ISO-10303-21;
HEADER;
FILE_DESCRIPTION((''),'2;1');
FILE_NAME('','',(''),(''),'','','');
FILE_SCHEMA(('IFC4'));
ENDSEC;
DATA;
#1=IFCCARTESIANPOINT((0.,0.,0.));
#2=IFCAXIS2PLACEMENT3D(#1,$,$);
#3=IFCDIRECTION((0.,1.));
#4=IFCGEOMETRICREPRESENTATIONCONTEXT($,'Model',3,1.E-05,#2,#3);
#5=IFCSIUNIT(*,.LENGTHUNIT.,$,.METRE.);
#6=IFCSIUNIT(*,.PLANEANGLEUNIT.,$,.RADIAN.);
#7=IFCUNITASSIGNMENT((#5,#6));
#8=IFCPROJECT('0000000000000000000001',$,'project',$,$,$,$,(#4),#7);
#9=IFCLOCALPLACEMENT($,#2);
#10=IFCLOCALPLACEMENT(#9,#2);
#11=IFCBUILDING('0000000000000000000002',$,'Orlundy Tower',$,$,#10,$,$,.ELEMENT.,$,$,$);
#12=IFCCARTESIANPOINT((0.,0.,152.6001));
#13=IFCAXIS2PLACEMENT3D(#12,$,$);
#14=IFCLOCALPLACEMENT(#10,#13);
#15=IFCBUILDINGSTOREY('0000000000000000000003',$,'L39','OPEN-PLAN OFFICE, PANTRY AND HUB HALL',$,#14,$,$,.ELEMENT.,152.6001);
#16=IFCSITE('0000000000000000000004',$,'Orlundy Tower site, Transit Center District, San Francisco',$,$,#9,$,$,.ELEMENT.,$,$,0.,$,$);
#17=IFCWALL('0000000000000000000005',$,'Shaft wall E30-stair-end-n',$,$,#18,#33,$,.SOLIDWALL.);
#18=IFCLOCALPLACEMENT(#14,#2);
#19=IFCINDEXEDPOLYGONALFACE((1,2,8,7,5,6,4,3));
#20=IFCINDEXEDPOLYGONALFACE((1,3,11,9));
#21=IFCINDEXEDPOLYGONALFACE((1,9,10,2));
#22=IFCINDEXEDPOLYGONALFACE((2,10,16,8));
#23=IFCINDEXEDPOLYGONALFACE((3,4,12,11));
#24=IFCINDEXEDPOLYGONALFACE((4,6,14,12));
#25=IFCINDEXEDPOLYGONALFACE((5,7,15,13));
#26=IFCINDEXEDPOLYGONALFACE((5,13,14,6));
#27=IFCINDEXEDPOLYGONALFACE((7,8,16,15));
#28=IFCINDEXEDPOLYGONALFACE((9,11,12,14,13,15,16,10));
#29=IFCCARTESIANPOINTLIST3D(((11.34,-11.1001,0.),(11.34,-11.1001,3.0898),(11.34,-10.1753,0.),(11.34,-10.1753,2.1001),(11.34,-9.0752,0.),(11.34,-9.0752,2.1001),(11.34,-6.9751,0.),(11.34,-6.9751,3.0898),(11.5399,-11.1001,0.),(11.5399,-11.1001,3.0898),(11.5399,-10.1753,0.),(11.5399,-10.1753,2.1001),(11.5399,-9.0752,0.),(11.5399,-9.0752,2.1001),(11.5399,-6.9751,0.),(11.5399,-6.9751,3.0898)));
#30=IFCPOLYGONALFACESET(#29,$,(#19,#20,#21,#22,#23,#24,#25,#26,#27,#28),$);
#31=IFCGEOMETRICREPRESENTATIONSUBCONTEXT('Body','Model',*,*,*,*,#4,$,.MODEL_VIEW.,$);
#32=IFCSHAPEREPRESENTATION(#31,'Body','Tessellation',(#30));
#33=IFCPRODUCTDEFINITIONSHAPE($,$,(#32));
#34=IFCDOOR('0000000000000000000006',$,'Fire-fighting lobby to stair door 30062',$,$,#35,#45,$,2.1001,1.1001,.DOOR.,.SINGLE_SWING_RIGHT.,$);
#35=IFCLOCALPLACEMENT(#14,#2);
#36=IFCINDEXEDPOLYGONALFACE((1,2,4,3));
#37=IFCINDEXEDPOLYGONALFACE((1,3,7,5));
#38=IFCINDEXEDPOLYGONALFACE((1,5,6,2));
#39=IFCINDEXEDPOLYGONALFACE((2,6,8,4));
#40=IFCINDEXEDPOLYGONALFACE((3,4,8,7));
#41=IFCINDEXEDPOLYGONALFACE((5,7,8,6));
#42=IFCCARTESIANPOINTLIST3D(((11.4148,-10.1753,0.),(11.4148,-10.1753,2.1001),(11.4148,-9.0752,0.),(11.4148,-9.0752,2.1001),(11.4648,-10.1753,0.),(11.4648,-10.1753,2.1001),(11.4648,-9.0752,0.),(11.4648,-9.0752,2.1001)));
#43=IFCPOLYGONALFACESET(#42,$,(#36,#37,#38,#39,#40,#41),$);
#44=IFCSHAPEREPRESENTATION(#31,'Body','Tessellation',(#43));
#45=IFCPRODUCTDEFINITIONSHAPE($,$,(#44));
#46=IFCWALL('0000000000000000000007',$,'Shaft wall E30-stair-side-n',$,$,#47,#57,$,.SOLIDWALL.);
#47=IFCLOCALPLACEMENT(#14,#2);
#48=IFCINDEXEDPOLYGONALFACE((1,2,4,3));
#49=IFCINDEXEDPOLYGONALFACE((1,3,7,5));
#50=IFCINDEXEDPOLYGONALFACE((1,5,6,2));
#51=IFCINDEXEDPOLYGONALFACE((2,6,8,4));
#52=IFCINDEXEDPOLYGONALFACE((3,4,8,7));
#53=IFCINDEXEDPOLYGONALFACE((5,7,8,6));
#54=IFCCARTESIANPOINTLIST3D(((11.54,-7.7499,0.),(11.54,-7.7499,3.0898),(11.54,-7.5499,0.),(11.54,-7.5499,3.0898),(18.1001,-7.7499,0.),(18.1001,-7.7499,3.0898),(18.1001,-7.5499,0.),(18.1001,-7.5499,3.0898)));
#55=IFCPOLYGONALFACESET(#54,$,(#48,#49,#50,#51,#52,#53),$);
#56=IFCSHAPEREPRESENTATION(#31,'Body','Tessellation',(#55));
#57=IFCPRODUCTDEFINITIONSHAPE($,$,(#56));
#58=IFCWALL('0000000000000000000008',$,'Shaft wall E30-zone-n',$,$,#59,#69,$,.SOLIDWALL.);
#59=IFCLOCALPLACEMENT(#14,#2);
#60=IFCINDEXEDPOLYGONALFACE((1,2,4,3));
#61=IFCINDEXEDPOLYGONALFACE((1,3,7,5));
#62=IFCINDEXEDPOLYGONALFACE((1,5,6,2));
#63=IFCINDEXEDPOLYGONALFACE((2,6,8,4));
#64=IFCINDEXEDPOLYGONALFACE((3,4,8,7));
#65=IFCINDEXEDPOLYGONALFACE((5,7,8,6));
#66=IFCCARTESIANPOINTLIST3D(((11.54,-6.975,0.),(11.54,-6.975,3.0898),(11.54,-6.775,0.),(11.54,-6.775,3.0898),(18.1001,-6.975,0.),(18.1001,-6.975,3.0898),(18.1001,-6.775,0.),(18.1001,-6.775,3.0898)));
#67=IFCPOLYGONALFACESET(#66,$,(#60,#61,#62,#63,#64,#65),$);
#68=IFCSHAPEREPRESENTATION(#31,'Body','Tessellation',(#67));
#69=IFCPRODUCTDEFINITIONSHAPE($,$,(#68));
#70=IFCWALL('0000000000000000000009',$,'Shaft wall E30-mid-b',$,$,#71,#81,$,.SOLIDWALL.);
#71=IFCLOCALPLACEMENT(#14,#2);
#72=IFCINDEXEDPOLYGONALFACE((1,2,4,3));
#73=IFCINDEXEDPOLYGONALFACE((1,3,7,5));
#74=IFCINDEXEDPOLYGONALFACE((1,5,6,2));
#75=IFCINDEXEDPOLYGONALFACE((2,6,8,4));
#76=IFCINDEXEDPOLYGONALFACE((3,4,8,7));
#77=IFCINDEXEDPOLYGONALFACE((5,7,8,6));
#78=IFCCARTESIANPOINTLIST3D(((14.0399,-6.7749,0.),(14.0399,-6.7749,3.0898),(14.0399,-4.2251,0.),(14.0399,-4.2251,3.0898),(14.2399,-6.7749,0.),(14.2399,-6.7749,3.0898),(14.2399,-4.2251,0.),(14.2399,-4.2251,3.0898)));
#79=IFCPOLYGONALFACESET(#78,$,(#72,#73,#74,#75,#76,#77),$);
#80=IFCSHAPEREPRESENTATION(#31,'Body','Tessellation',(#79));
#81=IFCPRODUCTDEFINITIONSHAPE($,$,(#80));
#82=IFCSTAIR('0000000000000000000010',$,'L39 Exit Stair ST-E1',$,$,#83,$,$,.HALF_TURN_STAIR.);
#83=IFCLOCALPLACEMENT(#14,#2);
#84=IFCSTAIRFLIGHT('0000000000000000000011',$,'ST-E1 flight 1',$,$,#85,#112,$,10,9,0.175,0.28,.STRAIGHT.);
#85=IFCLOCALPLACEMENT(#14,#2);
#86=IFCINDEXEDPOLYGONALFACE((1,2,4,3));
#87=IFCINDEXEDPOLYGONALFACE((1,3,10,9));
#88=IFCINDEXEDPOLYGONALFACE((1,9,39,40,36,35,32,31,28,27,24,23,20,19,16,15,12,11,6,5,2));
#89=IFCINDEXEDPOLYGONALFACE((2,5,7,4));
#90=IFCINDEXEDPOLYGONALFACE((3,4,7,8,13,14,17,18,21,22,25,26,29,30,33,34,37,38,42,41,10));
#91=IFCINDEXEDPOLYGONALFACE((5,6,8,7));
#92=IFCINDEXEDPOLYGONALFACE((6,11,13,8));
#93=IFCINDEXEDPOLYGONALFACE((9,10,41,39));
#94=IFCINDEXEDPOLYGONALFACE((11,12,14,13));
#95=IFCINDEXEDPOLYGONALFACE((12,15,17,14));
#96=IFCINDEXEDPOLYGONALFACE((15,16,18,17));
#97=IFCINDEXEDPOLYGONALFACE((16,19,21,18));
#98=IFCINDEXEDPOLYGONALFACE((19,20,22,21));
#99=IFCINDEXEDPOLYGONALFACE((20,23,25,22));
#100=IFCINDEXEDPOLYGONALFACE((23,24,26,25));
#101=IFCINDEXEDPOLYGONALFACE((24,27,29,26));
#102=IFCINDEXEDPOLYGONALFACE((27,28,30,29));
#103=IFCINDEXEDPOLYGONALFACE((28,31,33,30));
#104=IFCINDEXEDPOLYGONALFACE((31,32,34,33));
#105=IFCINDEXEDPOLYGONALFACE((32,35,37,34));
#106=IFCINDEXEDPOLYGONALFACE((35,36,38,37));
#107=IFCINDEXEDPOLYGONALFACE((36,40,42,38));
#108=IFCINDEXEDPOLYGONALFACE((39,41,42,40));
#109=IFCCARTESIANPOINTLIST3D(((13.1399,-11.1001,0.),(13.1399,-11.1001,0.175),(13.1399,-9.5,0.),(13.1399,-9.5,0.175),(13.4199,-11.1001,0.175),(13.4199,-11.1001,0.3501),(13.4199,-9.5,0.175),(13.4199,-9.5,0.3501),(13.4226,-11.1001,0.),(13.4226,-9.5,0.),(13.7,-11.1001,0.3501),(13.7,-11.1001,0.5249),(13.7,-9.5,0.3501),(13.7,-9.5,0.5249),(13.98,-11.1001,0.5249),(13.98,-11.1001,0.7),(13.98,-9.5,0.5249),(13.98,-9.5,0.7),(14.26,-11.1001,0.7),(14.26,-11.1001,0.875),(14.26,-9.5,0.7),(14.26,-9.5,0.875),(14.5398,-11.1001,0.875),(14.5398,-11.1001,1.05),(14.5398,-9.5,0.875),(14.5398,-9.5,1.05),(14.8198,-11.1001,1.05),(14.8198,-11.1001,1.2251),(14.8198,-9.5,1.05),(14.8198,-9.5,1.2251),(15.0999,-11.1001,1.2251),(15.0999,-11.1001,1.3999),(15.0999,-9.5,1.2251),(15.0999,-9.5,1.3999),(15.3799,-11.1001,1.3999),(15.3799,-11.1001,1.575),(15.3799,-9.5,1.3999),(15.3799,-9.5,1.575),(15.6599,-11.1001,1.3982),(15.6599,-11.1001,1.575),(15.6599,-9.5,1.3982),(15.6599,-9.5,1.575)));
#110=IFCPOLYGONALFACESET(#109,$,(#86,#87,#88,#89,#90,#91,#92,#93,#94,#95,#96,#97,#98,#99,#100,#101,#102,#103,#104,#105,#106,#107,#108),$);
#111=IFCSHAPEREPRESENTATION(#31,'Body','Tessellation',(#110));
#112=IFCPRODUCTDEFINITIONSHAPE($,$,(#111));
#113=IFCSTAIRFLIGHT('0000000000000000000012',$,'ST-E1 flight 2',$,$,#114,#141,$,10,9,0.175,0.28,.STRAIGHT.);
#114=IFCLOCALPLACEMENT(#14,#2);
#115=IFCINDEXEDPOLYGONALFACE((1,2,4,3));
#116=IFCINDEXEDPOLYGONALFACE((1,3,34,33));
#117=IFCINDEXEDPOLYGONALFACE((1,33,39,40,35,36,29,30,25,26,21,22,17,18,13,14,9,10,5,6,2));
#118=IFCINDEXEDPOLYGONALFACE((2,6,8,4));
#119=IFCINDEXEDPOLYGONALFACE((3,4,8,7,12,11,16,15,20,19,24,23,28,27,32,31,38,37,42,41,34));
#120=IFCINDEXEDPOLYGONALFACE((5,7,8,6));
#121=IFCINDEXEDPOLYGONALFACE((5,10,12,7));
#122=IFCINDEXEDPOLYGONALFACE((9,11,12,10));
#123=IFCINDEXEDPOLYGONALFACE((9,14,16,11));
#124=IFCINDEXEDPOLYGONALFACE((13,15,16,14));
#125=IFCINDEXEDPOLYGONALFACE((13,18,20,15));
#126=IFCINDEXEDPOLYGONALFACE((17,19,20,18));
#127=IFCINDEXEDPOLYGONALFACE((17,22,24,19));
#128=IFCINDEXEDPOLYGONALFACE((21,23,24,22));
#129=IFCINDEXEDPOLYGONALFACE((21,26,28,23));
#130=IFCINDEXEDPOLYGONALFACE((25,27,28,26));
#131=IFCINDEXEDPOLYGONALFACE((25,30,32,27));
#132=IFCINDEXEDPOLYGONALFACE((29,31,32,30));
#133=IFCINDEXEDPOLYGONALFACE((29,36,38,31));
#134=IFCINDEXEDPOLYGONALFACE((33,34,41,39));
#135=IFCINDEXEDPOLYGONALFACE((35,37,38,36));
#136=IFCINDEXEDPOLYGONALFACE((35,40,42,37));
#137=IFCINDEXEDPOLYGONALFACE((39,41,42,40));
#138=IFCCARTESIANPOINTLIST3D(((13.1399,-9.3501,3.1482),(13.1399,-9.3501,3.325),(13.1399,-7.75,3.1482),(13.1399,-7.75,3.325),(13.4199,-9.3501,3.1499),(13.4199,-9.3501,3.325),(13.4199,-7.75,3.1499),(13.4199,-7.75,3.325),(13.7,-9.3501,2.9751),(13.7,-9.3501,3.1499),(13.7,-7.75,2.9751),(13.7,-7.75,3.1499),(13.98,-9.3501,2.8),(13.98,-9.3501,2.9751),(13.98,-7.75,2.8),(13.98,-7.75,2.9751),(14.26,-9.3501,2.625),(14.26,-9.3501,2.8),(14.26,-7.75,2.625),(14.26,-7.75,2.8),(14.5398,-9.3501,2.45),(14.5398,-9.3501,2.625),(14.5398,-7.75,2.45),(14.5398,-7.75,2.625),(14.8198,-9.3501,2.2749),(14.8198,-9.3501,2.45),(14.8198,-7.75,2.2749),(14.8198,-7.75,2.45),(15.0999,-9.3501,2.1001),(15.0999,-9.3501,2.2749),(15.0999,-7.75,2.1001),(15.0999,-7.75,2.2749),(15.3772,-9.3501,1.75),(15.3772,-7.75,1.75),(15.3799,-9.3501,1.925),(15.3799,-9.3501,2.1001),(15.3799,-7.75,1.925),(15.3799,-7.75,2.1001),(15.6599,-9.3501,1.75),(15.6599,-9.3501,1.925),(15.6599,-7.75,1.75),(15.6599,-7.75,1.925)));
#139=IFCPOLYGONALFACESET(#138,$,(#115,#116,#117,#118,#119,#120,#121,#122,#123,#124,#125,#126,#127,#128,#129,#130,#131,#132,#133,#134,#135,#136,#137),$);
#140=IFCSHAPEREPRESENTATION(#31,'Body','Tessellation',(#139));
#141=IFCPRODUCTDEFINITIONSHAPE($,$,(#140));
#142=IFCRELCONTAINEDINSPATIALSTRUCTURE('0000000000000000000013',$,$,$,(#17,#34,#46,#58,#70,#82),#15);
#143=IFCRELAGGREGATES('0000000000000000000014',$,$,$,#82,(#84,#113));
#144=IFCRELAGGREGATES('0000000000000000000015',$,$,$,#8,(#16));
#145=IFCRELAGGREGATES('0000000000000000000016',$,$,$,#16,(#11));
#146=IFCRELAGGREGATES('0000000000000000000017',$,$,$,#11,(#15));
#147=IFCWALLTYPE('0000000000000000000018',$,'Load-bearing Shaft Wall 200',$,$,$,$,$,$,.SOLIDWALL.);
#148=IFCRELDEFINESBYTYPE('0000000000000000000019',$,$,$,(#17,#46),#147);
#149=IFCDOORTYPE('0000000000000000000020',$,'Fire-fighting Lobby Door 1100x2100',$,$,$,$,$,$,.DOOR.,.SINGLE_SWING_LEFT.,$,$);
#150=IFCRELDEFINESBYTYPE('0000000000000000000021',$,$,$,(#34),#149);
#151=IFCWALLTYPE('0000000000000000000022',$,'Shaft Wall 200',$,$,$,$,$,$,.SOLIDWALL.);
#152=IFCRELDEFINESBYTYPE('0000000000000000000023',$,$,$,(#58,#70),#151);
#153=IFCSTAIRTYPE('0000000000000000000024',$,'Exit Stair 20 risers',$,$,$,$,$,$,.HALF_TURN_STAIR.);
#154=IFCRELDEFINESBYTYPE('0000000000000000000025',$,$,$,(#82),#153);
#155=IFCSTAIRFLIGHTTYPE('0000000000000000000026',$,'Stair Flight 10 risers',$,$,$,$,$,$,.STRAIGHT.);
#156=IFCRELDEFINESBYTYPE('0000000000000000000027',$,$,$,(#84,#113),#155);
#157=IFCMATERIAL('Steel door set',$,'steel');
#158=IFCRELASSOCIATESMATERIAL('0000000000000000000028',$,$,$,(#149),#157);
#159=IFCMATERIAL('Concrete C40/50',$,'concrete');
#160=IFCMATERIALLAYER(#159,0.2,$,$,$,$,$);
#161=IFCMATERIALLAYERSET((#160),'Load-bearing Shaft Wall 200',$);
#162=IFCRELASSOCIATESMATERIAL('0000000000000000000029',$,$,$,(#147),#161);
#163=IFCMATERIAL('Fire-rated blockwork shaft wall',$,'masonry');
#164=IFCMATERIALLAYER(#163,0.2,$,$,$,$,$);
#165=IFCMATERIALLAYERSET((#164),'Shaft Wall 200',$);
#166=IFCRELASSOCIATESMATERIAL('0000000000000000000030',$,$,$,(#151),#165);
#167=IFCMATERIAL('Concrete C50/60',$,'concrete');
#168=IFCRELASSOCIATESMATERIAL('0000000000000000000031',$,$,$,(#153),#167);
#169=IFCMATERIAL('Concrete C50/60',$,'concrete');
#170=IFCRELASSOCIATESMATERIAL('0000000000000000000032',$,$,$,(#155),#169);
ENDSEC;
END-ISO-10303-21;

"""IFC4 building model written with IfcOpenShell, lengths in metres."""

from ifc_helpers import new_model, si_unit, direction, frame, frame_2d, origin, place, context, subcontext, project, spatial, polyline, rectangle, outline, extrude, material, layer, layer_set, type_object, element, fill, aggregate, save


model = new_model("IFC4")

# Units and contexts
model_context = context("Model", 3, precision=1e-05, world=origin(), true_north=direction((0.0, 1.0)))
body_context = subcontext(model_context, "Body", "Model", "MODEL_VIEW")
ifc_project = project(units=[si_unit("LENGTHUNIT", "METRE"), si_unit("PLANEANGLEUNIT", "RADIAN")], contexts=[model_context])

# Site, building, storey
site_placement = place(None, origin())
site = spatial("IfcSite", under=ifc_project, at=site_placement, Name="Orlundy Tower site, Transit Center District, San Francisco", CompositionType="ELEMENT", RefElevation=0.0)
building_placement = place(site_placement, origin())
building = spatial("IfcBuilding", under=site, at=building_placement, Name="Orlundy Tower", CompositionType="ELEMENT")
storey_placement = place(building_placement, frame((0.0, 0.0, 152.6001)))
storey = spatial("IfcBuildingStorey", under=building, at=storey_placement, Name="L39", Description="OPEN-PLAN OFFICE, PANTRY AND HUB HALL", CompositionType="ELEMENT", Elevation=152.6001)

# Shared definitions
ifc_material_1 = material(Name="Steel door set", Category="steel")
door_type_1 = type_object("IfcDoorType", Name="Fire-fighting Lobby Door 1100x2100", OperationType="SINGLE_SWING_LEFT", PredefinedType="DOOR", material=ifc_material_1)

# Wall, opening, door
ifc_material_2 = material(Name="Concrete C40/50", Category="concrete")
ifc_layer_1 = layer(ifc_material_2, 0.2)
ifc_layer_set_1 = layer_set([ifc_layer_1], Name="Load-bearing Shaft Wall 200")
wall_type_1 = type_object("IfcWallType", Name="Load-bearing Shaft Wall 200", PredefinedType="SOLIDWALL", material=ifc_layer_set_1)
wall_1_placement = place(storey_placement, frame((11.4399, -6.9751, 0.0), z_axis=(0.0, 0.0, 1.0), x_axis=(0.0, -1.0, 0.0)))
wall_1 = element("IfcWall", 1, at=wall_1_placement, inside=storey, type_object=wall_type_1, Name="Shaft wall E30-stair-end-n", PredefinedType="SOLIDWALL", context=body_context, shape_type="SweptSolid", body=[
    extrude(rectangle(XDim=4.125, YDim=0.2, at=frame_2d((2.0625, 0.0))), origin(), (0.0, 0.0, 1.0), 3.0898),
])
opening_1_placement = place(wall_1_placement, frame((2.1001, 0.0, 0.0)))
opening_1 = element("IfcOpeningElement", 2, at=opening_1_placement, cuts=wall_1, PredefinedType="OPENING", context=body_context, shape_type="SweptSolid", body=[
    extrude(rectangle(XDim=1.1001, YDim=2.1001, at=frame_2d((0.55, 1.05))), frame((0.0, 0.1101, 0.0), z_axis=(0.0, -1.0, 0.0), x_axis=(1.0, 0.0, 0.0)), (0.0, 0.0, 1.0), 0.2202),
])
door_1_placement = place(opening_1_placement, origin())
door_1 = element("IfcDoor", 3, at=door_1_placement, inside=storey, type_object=door_type_1, Name="Fire-fighting lobby to stair door 30062", OperationType="SINGLE_SWING_RIGHT", OverallHeight=2.1001, OverallWidth=1.1001, PredefinedType="DOOR", context=body_context, shape_type="SweptSolid", body=[
    extrude(rectangle(XDim=1.1001, YDim=2.1001, at=frame_2d((0.55, 1.05))), frame((0.0, 0.0249, 0.0), z_axis=(0.0, -1.0, 0.0), x_axis=(1.0, 0.0, 0.0)), (0.0, 0.0, 1.0), 0.05),
])
fill(opening_1, door_1)

# Walls
wall_2_placement = place(storey_placement, frame((11.54, -7.6499, 0.0), z_axis=(0.0, 0.0, 1.0), x_axis=(1.0, 0.0, 0.0)))
element("IfcWall", 4, at=wall_2_placement, inside=storey, type_object=wall_type_1, Name="Shaft wall E30-stair-side-n", PredefinedType="SOLIDWALL", context=body_context, shape_type="SweptSolid", body=[
    extrude(rectangle(XDim=6.5601, YDim=0.2, at=frame_2d((3.28, 0.0))), origin(), (0.0, 0.0, 1.0), 3.0898),
])
ifc_material_3 = material(Name="Fire-rated blockwork shaft wall", Category="masonry")
ifc_layer_2 = layer(ifc_material_3, 0.2)
ifc_layer_set_2 = layer_set([ifc_layer_2], Name="Shaft Wall 200")
wall_type_2 = type_object("IfcWallType", Name="Shaft Wall 200", PredefinedType="SOLIDWALL", material=ifc_layer_set_2)
wall_3_placement = place(storey_placement, frame((11.54, -6.875, 0.0), z_axis=(0.0, 0.0, 1.0), x_axis=(1.0, 0.0, 0.0)))
element("IfcWall", 5, at=wall_3_placement, inside=storey, type_object=wall_type_2, Name="Shaft wall E30-zone-n", PredefinedType="SOLIDWALL", context=body_context, shape_type="SweptSolid", body=[
    extrude(rectangle(XDim=6.5601, YDim=0.2, at=frame_2d((3.28, 0.0))), origin(), (0.0, 0.0, 1.0), 3.0898),
])
wall_4_placement = place(storey_placement, frame((14.1399, -4.2251, 0.0), z_axis=(0.0, 0.0, 1.0), x_axis=(0.0, -1.0, 0.0)))
element("IfcWall", 6, at=wall_4_placement, inside=storey, type_object=wall_type_2, Name="Shaft wall E30-mid-b", PredefinedType="SOLIDWALL", context=body_context, shape_type="SweptSolid", body=[
    extrude(rectangle(XDim=2.5498, YDim=0.2, at=frame_2d((1.2749, 0.0))), origin(), (0.0, 0.0, 1.0), 3.0898),
])

# Stair, stair flights
ifc_material_4 = material(Name="Concrete C50/60", Category="concrete")
stair_type = type_object("IfcStairType", Name="Exit Stair 20 risers", PredefinedType="HALF_TURN_STAIR", material=ifc_material_4)
stair_placement = place(storey_placement, origin())
stair = element("IfcStair", 7, at=stair_placement, inside=storey, type_object=stair_type, Name="L39 Exit Stair ST-E1", PredefinedType="HALF_TURN_STAIR")
ifc_material_5 = material(Name="Concrete C50/60", Category="concrete")
stair_flight_type = type_object("IfcStairFlightType", Name="Stair Flight 10 risers", PredefinedType="STRAIGHT", material=ifc_material_5)
stair_flight_1_placement = place(storey_placement, frame((13.1399, -10.3, 0.0), z_axis=(0.0, 0.0, 1.0), x_axis=(1.0, 0.0, 0.0)))
stair_flight_1 = element("IfcStairFlight", 8, at=stair_flight_1_placement, type_object=stair_flight_type, Name="ST-E1 flight 1", NumberOfRisers=10, NumberOfTreads=9, PredefinedType="STRAIGHT", RiserHeight=0.175, TreadLength=0.28, context=body_context, shape_type="SweptSolid", body=[
    extrude(outline(polyline([(0.0, 0.0), (0.0, 0.175), (0.28, 0.175), (0.28, 0.3501), (0.5601, 0.3501), (0.5601, 0.5249), (0.8401, 0.5249), (0.8401, 0.7), (1.1201, 0.7), (1.1201, 0.875), (1.3999, 0.875), (1.3999, 1.05), (1.6799, 1.05), (1.6799, 1.2251), (1.96, 1.2251), (1.96, 1.3999), (2.24, 1.3999), (2.24, 1.575), (2.52, 1.575), (2.52, 1.75), (2.52, 1.3982), (0.2827, 0.0), (0.0, 0.0)])), frame((0.0, 0.8, 0.0), z_axis=(0.0, -1.0, 0.0), x_axis=(1.0, 0.0, 0.0)), (0.0, 0.0, 1.0), 1.6001),
])
stair_flight_2_placement = place(storey_placement, frame((15.6599, -8.55, 1.75), z_axis=(0.0, 0.0, 1.0), x_axis=(-1.0, 0.0, 0.0)))
stair_flight_2 = element("IfcStairFlight", 9, at=stair_flight_2_placement, type_object=stair_flight_type, Name="ST-E1 flight 2", NumberOfRisers=10, NumberOfTreads=9, PredefinedType="STRAIGHT", RiserHeight=0.175, TreadLength=0.28, context=body_context, shape_type="SweptSolid", body=[
    extrude(outline(polyline([(0.0, 0.0), (0.0, 0.175), (0.28, 0.175), (0.28, 0.3501), (0.5601, 0.3501), (0.5601, 0.5249), (0.8401, 0.5249), (0.8401, 0.7), (1.1201, 0.7), (1.1201, 0.875), (1.3999, 0.875), (1.3999, 1.05), (1.6799, 1.05), (1.6799, 1.2251), (1.96, 1.2251), (1.96, 1.3999), (2.24, 1.3999), (2.24, 1.575), (2.52, 1.575), (2.52, 1.75), (2.52, 1.3982), (0.2827, 0.0), (0.0, 0.0)])), frame((0.0, 0.8, 0.0), z_axis=(0.0, -1.0, 0.0), x_axis=(1.0, 0.0, 0.0)), (0.0, 0.0, 1.0), 1.6001),
])
aggregate(stair, [stair_flight_1, stair_flight_2])

save(model, "model.ifc")
